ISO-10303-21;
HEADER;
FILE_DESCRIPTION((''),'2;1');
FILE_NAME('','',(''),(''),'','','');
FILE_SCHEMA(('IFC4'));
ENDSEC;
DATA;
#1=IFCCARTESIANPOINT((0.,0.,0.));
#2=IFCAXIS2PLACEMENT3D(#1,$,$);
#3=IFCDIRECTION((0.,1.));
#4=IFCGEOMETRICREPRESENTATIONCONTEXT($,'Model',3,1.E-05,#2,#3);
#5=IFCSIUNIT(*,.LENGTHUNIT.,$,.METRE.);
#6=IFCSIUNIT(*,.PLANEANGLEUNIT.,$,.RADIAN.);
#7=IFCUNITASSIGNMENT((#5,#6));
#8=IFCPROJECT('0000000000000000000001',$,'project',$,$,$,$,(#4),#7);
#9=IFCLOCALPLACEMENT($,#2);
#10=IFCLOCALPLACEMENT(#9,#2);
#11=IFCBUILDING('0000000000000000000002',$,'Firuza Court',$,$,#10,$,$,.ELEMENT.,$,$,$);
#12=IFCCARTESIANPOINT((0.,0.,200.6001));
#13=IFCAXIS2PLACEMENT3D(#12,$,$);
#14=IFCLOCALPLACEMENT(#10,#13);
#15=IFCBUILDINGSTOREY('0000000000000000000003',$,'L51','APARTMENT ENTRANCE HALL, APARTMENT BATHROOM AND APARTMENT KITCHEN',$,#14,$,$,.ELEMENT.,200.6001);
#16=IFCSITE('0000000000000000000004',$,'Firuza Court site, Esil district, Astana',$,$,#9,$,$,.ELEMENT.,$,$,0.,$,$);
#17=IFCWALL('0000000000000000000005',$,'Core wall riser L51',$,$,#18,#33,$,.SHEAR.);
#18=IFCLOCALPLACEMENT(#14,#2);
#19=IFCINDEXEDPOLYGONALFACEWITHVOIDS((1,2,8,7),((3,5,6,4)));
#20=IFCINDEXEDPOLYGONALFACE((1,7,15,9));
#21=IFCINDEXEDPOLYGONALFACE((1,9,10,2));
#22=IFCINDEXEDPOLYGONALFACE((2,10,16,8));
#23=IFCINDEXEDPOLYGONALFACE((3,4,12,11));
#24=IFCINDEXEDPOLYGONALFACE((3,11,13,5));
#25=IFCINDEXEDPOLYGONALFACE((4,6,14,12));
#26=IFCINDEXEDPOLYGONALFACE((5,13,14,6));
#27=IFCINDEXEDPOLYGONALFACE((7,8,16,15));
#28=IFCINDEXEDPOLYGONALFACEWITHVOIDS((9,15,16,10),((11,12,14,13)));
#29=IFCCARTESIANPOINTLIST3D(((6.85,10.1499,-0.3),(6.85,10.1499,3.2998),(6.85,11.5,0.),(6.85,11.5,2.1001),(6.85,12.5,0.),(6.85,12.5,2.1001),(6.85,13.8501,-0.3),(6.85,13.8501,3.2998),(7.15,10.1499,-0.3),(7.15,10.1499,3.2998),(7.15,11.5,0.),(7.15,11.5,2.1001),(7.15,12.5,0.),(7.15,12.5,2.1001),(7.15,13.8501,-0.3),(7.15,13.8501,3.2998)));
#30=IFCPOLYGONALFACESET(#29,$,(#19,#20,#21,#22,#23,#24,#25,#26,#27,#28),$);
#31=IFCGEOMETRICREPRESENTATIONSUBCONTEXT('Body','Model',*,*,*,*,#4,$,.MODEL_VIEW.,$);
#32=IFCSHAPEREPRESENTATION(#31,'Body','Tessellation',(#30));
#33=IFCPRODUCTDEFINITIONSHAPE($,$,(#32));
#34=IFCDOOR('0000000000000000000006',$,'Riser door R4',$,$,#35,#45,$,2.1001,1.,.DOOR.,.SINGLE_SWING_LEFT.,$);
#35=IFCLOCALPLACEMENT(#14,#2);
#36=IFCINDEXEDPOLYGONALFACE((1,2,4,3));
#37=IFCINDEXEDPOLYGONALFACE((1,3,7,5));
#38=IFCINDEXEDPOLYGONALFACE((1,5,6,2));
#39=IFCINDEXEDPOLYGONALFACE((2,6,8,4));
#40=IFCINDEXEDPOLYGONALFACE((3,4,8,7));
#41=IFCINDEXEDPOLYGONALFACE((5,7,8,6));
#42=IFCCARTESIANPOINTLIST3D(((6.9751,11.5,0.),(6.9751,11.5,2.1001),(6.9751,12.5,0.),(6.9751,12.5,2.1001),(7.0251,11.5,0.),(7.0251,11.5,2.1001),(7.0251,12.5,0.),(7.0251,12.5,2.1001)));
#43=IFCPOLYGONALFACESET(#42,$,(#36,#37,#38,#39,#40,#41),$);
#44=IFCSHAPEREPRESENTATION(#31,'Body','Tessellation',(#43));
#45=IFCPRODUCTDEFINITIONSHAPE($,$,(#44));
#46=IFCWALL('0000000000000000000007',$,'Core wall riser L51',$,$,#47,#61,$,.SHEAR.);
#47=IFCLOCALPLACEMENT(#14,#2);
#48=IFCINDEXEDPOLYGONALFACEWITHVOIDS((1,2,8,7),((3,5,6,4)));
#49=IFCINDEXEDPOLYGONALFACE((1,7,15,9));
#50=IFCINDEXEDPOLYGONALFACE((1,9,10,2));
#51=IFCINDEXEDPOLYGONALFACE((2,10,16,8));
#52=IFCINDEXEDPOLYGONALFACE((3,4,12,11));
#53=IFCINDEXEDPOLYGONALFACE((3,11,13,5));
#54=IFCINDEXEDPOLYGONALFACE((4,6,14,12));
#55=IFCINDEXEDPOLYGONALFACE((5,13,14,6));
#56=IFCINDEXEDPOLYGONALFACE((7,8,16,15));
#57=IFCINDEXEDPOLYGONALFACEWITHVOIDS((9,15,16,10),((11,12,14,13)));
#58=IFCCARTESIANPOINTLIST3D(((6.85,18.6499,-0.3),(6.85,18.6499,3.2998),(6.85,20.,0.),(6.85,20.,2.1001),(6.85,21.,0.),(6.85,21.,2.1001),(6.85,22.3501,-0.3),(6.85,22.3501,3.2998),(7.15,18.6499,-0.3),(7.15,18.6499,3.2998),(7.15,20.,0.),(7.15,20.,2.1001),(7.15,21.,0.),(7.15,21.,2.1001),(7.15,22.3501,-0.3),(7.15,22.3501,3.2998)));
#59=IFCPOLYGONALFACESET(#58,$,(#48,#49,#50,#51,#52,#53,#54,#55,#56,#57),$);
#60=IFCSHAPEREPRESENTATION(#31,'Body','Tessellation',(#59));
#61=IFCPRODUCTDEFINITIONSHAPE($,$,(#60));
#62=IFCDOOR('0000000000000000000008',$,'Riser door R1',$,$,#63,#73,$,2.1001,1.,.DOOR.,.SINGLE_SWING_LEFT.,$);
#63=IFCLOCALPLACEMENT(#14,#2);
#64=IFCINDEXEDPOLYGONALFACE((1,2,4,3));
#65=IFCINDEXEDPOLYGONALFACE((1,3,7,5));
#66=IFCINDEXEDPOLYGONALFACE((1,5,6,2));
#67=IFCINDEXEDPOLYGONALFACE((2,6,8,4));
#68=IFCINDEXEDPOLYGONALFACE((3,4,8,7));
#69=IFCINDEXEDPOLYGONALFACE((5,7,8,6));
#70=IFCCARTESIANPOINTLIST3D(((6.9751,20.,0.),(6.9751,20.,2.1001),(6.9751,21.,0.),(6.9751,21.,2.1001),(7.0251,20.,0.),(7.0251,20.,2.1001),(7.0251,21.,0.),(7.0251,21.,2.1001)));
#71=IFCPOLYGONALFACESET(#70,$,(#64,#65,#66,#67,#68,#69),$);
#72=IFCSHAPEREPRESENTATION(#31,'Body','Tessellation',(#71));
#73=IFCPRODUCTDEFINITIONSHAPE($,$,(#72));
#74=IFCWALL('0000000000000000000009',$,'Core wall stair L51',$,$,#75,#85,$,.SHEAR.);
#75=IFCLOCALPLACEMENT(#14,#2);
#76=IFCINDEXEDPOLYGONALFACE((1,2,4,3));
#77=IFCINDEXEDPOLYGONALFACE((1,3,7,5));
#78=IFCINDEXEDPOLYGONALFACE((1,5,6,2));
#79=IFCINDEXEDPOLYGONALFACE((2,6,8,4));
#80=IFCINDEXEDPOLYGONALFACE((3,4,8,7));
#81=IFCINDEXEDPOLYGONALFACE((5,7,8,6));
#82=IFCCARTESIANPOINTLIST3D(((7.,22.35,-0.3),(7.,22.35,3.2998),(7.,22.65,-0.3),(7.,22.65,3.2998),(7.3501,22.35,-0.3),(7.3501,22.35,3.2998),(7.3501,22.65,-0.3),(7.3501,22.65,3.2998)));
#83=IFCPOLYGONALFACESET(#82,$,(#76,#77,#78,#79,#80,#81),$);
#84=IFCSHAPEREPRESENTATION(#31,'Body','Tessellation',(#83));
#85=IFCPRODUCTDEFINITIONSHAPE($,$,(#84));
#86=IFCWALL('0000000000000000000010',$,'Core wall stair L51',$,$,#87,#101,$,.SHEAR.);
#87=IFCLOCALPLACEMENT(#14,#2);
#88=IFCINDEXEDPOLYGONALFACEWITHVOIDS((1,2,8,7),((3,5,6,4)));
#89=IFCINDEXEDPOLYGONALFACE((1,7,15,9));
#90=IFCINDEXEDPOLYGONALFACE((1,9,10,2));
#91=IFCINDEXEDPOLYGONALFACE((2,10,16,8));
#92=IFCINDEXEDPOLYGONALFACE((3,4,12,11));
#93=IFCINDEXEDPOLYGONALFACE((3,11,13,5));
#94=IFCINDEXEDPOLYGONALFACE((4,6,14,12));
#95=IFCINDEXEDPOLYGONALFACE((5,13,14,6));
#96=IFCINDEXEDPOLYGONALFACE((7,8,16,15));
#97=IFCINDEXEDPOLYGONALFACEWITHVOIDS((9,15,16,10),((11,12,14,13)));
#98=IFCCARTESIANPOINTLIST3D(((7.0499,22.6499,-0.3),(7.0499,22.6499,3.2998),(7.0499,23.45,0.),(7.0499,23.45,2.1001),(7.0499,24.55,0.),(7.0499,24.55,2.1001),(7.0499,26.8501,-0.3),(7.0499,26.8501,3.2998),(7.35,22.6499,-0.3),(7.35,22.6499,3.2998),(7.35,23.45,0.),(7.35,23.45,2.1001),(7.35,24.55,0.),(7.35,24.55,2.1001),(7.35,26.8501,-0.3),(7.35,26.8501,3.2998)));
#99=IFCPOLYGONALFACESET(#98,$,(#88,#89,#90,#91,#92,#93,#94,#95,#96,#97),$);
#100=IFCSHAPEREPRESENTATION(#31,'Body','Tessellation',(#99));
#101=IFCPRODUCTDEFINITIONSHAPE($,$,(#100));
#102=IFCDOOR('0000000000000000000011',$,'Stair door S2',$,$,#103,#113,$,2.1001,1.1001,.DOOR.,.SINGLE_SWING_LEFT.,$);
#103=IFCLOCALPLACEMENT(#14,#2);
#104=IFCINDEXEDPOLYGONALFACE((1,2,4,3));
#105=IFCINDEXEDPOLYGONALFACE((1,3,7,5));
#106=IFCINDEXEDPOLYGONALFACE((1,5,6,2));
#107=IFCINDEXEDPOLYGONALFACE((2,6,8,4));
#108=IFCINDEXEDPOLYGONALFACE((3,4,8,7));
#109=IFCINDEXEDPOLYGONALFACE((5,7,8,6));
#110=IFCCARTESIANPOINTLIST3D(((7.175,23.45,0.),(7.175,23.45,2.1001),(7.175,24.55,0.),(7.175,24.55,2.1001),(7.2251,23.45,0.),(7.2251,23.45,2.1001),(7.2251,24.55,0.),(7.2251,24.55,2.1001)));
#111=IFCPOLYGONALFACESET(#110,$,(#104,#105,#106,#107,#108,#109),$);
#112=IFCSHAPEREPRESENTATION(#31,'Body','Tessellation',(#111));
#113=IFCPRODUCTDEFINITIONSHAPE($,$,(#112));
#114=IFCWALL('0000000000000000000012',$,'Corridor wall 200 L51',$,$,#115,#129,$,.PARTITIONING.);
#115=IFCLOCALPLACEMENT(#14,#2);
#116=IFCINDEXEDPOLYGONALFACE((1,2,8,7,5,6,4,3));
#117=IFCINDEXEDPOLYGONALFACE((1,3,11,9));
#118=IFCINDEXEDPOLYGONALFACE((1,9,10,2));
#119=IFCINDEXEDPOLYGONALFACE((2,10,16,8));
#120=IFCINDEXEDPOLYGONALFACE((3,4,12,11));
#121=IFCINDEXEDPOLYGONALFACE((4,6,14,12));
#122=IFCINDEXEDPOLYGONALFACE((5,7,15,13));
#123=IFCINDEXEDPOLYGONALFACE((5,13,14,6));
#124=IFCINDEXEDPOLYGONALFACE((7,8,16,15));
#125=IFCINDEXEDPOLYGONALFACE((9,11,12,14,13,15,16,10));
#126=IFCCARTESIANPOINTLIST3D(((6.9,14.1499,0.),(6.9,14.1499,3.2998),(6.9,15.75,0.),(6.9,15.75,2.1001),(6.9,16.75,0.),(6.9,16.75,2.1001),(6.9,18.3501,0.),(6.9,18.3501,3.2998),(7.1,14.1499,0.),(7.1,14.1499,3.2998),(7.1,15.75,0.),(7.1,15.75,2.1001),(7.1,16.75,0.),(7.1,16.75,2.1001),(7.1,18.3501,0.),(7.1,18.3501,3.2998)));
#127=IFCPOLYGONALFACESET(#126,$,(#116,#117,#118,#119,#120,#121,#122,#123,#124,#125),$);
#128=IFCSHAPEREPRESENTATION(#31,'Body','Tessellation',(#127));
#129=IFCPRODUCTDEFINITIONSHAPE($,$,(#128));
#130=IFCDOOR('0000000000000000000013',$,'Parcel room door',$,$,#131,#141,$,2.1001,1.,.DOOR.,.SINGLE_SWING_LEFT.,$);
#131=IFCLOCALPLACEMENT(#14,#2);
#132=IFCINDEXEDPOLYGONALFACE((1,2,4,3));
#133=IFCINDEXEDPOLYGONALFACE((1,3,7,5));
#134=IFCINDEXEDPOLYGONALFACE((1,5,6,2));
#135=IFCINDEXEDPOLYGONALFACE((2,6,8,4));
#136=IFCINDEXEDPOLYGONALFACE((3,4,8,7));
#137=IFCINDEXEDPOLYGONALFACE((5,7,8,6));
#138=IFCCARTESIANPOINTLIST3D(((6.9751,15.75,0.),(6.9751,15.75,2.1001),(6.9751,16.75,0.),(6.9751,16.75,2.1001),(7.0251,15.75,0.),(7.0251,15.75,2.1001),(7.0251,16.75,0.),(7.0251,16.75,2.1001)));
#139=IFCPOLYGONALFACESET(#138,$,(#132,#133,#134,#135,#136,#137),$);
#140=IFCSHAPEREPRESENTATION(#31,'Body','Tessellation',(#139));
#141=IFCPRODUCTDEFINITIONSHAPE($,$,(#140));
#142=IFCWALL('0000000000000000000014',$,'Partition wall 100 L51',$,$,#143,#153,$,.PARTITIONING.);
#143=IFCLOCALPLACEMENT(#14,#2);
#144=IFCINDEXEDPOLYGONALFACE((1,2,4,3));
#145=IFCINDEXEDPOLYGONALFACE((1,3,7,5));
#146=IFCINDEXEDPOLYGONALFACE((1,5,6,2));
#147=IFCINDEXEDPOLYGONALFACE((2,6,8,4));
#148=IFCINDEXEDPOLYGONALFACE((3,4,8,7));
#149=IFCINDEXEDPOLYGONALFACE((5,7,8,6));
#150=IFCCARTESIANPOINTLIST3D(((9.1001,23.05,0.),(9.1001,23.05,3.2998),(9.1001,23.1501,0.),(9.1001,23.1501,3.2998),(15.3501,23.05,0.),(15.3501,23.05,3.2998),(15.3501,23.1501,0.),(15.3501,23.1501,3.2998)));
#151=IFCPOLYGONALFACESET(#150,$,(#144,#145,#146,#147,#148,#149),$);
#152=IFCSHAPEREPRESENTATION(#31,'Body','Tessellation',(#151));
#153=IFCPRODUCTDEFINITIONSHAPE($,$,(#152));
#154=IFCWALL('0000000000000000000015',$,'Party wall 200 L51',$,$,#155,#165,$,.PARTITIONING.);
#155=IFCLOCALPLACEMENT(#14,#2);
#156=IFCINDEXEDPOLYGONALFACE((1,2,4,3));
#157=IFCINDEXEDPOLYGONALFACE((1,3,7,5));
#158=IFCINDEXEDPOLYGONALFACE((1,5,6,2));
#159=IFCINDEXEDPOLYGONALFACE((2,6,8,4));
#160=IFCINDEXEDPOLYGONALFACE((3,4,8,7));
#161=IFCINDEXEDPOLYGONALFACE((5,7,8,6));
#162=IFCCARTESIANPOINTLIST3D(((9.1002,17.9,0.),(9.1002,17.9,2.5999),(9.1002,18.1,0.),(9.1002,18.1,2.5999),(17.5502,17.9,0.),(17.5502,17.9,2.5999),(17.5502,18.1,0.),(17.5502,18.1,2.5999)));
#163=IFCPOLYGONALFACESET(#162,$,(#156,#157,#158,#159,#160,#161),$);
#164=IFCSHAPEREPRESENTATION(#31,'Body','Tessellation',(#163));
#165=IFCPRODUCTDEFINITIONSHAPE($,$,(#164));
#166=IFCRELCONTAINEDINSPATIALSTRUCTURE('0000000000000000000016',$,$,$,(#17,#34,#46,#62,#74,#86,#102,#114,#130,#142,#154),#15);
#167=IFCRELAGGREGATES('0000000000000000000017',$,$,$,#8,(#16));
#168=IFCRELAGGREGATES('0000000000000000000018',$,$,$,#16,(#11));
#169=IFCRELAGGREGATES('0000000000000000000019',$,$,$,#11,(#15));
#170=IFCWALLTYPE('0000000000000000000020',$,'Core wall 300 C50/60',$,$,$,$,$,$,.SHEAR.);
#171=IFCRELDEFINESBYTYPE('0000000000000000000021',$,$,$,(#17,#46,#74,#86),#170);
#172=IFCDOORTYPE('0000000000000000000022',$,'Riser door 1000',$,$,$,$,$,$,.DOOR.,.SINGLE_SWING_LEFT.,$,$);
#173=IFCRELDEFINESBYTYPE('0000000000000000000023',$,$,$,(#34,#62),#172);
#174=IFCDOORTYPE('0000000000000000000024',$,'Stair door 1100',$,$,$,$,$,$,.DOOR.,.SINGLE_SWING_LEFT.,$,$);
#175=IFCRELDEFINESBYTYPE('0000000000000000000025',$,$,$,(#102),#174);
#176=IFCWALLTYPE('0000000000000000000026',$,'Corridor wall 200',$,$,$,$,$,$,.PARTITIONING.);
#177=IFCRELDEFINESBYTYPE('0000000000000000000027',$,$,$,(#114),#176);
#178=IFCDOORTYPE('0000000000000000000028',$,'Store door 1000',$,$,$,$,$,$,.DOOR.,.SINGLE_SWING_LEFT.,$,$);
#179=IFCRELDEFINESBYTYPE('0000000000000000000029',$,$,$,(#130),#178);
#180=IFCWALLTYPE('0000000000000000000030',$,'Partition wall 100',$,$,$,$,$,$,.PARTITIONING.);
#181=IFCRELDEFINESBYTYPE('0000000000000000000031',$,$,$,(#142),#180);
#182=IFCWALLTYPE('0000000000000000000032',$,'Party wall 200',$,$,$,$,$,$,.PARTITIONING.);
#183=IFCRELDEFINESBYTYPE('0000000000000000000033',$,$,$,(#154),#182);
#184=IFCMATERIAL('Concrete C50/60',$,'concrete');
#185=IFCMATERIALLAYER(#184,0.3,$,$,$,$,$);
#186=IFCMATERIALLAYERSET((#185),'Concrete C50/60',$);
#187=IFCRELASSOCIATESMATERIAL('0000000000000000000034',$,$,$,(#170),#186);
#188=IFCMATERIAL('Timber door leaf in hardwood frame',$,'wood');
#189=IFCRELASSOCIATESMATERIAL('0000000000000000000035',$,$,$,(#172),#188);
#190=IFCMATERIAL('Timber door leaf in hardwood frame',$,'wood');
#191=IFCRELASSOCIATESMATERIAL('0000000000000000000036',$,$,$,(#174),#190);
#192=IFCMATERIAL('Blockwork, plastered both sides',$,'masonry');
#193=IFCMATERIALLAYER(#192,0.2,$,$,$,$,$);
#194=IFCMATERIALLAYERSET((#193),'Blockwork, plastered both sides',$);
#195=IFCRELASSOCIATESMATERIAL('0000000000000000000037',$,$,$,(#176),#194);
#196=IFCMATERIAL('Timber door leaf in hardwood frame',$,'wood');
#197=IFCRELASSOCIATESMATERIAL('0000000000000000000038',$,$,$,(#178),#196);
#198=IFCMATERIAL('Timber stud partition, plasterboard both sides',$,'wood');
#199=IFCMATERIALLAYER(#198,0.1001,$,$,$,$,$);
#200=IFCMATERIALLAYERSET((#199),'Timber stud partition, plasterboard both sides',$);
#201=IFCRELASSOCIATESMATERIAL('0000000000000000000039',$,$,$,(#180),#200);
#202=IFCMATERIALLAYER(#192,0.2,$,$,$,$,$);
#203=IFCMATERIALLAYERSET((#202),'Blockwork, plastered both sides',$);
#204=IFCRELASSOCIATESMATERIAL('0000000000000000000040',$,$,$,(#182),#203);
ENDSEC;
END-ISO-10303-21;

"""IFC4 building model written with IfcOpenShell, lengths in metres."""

from ifc_helpers import new_model, si_unit, direction, frame, frame_2d, origin, place, context, subcontext, project, spatial, rectangle, extrude, material, layer, layer_set, type_object, element, fill, save


model = new_model("IFC4")

# Units and contexts
model_context = context("Model", 3, precision=1e-05, world=origin(), true_north=direction((0.0, 1.0)))
body_context = subcontext(model_context, "Body", "Model", "MODEL_VIEW")
ifc_project = project(units=[si_unit("LENGTHUNIT", "METRE"), si_unit("PLANEANGLEUNIT", "RADIAN")], contexts=[model_context])

# Site, building, storey
site_placement = place(None, origin())
site = spatial("IfcSite", under=ifc_project, at=site_placement, Name="Firuza Court site, Esil district, Astana", CompositionType="ELEMENT", RefElevation=0.0)
building_placement = place(site_placement, origin())
building = spatial("IfcBuilding", under=site, at=building_placement, Name="Firuza Court", CompositionType="ELEMENT")
storey_placement = place(building_placement, frame((0.0, 0.0, 200.6001)))
storey = spatial("IfcBuildingStorey", under=building, at=storey_placement, Name="L51", Description="APARTMENT ENTRANCE HALL, APARTMENT BATHROOM AND APARTMENT KITCHEN", CompositionType="ELEMENT", Elevation=200.6001)

# Shared definitions
ifc_material_1 = material(Name="Concrete C50/60", Category="concrete")
ifc_layer_1 = layer(ifc_material_1, 0.3)
ifc_layer_set_1 = layer_set([ifc_layer_1], Name="Concrete C50/60")
wall_type_1 = type_object("IfcWallType", Name="Core wall 300 C50/60", PredefinedType="SHEAR", material=ifc_layer_set_1)

# Walls, openings, doors
wall_1_placement = place(storey_placement, frame((7.0, 10.1499, -0.3), z_axis=(0.0, 0.0, 1.0), x_axis=(0.0, 1.0, 0.0)))
wall_1 = element("IfcWall", 1, at=wall_1_placement, inside=storey, type_object=wall_type_1, Name="Core wall riser L51", PredefinedType="SHEAR", context=body_context, shape_type="SweptSolid", body=[
    extrude(rectangle(XDim=3.7002, YDim=0.3, at=frame_2d((1.8501, 0.0))), origin(), (0.0, 0.0, 1.0), 3.5999),
])
opening_1_placement = place(wall_1_placement, frame((1.3501, 0.0, 0.3)))
opening_1 = element("IfcOpeningElement", 2, at=opening_1_placement, cuts=wall_1, PredefinedType="OPENING", context=body_context, shape_type="SweptSolid", body=[
    extrude(rectangle(XDim=1.0, YDim=2.1001, at=frame_2d((0.5, 1.05))), frame((0.0, 0.1621, 0.0), z_axis=(0.0, -1.0, 0.0), x_axis=(1.0, 0.0, 0.0)), (0.0, 0.0, 1.0), 0.324),
])
ifc_material_2 = material(Name="Timber door leaf in hardwood frame", Category="wood")
door_type_1 = type_object("IfcDoorType", Name="Riser door 1000", OperationType="SINGLE_SWING_LEFT", PredefinedType="DOOR", material=ifc_material_2)
door_1_placement = place(opening_1_placement, origin())
door_1 = element("IfcDoor", 3, at=door_1_placement, inside=storey, type_object=door_type_1, Name="Riser door R4", OperationType="SINGLE_SWING_LEFT", OverallHeight=2.1001, OverallWidth=1.0, PredefinedType="DOOR", context=body_context, shape_type="SweptSolid", body=[
    extrude(rectangle(XDim=1.0, YDim=2.1001, at=frame_2d((0.5, 1.05))), frame((0.0, 0.0249, 0.0), z_axis=(0.0, -1.0, 0.0), x_axis=(1.0, 0.0, 0.0)), (0.0, 0.0, 1.0), 0.05),
])
fill(opening_1, door_1)
wall_2_placement = place(storey_placement, frame((7.0, 18.6499, -0.3), z_axis=(0.0, 0.0, 1.0), x_axis=(0.0, 1.0, 0.0)))
wall_2 = element("IfcWall", 4, at=wall_2_placement, inside=storey, type_object=wall_type_1, Name="Core wall riser L51", PredefinedType="SHEAR", context=body_context, shape_type="SweptSolid", body=[
    extrude(rectangle(XDim=3.7002, YDim=0.3, at=frame_2d((1.8501, 0.0))), origin(), (0.0, 0.0, 1.0), 3.5999),
])
opening_2_placement = place(wall_2_placement, frame((1.3501, 0.0, 0.3)))
opening_2 = element("IfcOpeningElement", 5, at=opening_2_placement, cuts=wall_2, PredefinedType="OPENING", context=body_context, shape_type="SweptSolid", body=[
    extrude(rectangle(XDim=1.0, YDim=2.1001, at=frame_2d((0.5, 1.05))), frame((0.0, 0.1621, 0.0), z_axis=(0.0, -1.0, 0.0), x_axis=(1.0, 0.0, 0.0)), (0.0, 0.0, 1.0), 0.324),
])
door_2_placement = place(opening_2_placement, origin())
door_2 = element("IfcDoor", 6, at=door_2_placement, inside=storey, type_object=door_type_1, Name="Riser door R1", OperationType="SINGLE_SWING_LEFT", OverallHeight=2.1001, OverallWidth=1.0, PredefinedType="DOOR", context=body_context, shape_type="SweptSolid", body=[
    extrude(rectangle(XDim=1.0, YDim=2.1001, at=frame_2d((0.5, 1.05))), frame((0.0, 0.0249, 0.0), z_axis=(0.0, -1.0, 0.0), x_axis=(1.0, 0.0, 0.0)), (0.0, 0.0, 1.0), 0.05),
])
fill(opening_2, door_2)

# Wall
wall_3_placement = place(storey_placement, frame((7.0, 22.5, -0.3), z_axis=(0.0, 0.0, 1.0), x_axis=(1.0, 0.0, 0.0)))
element("IfcWall", 7, at=wall_3_placement, inside=storey, type_object=wall_type_1, Name="Core wall stair L51", PredefinedType="SHEAR", context=body_context, shape_type="SweptSolid", body=[
    extrude(rectangle(XDim=0.3501, YDim=0.3, at=frame_2d((0.175, 0.0))), origin(), (0.0, 0.0, 1.0), 3.5999),
])

# Walls, openings, doors
wall_4_placement = place(storey_placement, frame((7.2, 22.6499, -0.3), z_axis=(0.0, 0.0, 1.0), x_axis=(0.0, 1.0, 0.0)))
wall_4 = element("IfcWall", 8, at=wall_4_placement, inside=storey, type_object=wall_type_1, Name="Core wall stair L51", PredefinedType="SHEAR", context=body_context, shape_type="SweptSolid", body=[
    extrude(rectangle(XDim=4.2002, YDim=0.3, at=frame_2d((2.1001, 0.0))), origin(), (0.0, 0.0, 1.0), 3.5999),
])
opening_3_placement = place(wall_4_placement, frame((0.8, 0.0, 0.3)))
opening_3 = element("IfcOpeningElement", 9, at=opening_3_placement, cuts=wall_4, PredefinedType="OPENING", context=body_context, shape_type="SweptSolid", body=[
    extrude(rectangle(XDim=1.1001, YDim=2.1001, at=frame_2d((0.55, 1.05))), frame((0.0, 0.1621, 0.0), z_axis=(0.0, -1.0, 0.0), x_axis=(1.0, 0.0, 0.0)), (0.0, 0.0, 1.0), 0.324),
])
ifc_material_3 = material(Name="Timber door leaf in hardwood frame", Category="wood")
door_type_2 = type_object("IfcDoorType", Name="Stair door 1100", OperationType="SINGLE_SWING_LEFT", PredefinedType="DOOR", material=ifc_material_3)
door_3_placement = place(opening_3_placement, origin())
door_3 = element("IfcDoor", 10, at=door_3_placement, inside=storey, type_object=door_type_2, Name="Stair door S2", OperationType="SINGLE_SWING_LEFT", OverallHeight=2.1001, OverallWidth=1.1001, PredefinedType="DOOR", context=body_context, shape_type="SweptSolid", body=[
    extrude(rectangle(XDim=1.1001, YDim=2.1001, at=frame_2d((0.55, 1.05))), frame((0.0, 0.0249, 0.0), z_axis=(0.0, -1.0, 0.0), x_axis=(1.0, 0.0, 0.0)), (0.0, 0.0, 1.0), 0.05),
])
fill(opening_3, door_3)
ifc_material_4 = material(Name="Blockwork, plastered both sides", Category="masonry")
ifc_layer_2 = layer(ifc_material_4, 0.2)
ifc_layer_set_2 = layer_set([ifc_layer_2], Name="Blockwork, plastered both sides")
wall_type_2 = type_object("IfcWallType", Name="Corridor wall 200", PredefinedType="PARTITIONING", material=ifc_layer_set_2)
wall_5_placement = place(storey_placement, frame((7.0, 14.1499, 0.0), z_axis=(0.0, 0.0, 1.0), x_axis=(0.0, 1.0, 0.0)))
wall_5 = element("IfcWall", 11, at=wall_5_placement, inside=storey, type_object=wall_type_2, Name="Corridor wall 200 L51", PredefinedType="PARTITIONING", context=body_context, shape_type="SweptSolid", body=[
    extrude(rectangle(XDim=4.2002, YDim=0.2, at=frame_2d((2.1001, 0.0))), origin(), (0.0, 0.0, 1.0), 3.2998),
])
opening_4_placement = place(wall_5_placement, frame((1.6001, 0.0, 0.0)))
opening_4 = element("IfcOpeningElement", 12, at=opening_4_placement, cuts=wall_5, PredefinedType="OPENING", context=body_context, shape_type="SweptSolid", body=[
    extrude(rectangle(XDim=1.0, YDim=2.1001, at=frame_2d((0.5, 1.05))), frame((0.0, 0.1118, 0.0), z_axis=(0.0, -1.0, 0.0), x_axis=(1.0, 0.0, 0.0)), (0.0, 0.0, 1.0), 0.2239),
])
ifc_material_5 = material(Name="Timber door leaf in hardwood frame", Category="wood")
door_type_3 = type_object("IfcDoorType", Name="Store door 1000", OperationType="SINGLE_SWING_LEFT", PredefinedType="DOOR", material=ifc_material_5)
door_4_placement = place(opening_4_placement, origin())
door_4 = element("IfcDoor", 13, at=door_4_placement, inside=storey, type_object=door_type_3, Name="Parcel room door", OperationType="SINGLE_SWING_LEFT", OverallHeight=2.1001, OverallWidth=1.0, PredefinedType="DOOR", context=body_context, shape_type="SweptSolid", body=[
    extrude(rectangle(XDim=1.0, YDim=2.1001, at=frame_2d((0.5, 1.05))), frame((0.0, 0.0249, 0.0), z_axis=(0.0, -1.0, 0.0), x_axis=(1.0, 0.0, 0.0)), (0.0, 0.0, 1.0), 0.05),
])
fill(opening_4, door_4)

# Walls
ifc_material_6 = material(Name="Timber stud partition, plasterboard both sides", Category="wood")
ifc_layer_3 = layer(ifc_material_6, 0.1001)
ifc_layer_set_3 = layer_set([ifc_layer_3], Name="Timber stud partition, plasterboard both sides")
wall_type_3 = type_object("IfcWallType", Name="Partition wall 100", PredefinedType="PARTITIONING", material=ifc_layer_set_3)
wall_6_placement = place(storey_placement, frame((9.1001, 23.1001, 0.0), z_axis=(0.0, 0.0, 1.0), x_axis=(1.0, 0.0, 0.0)))
element("IfcWall", 14, at=wall_6_placement, inside=storey, type_object=wall_type_3, Name="Partition wall 100 L51", PredefinedType="PARTITIONING", context=body_context, shape_type="SweptSolid", body=[
    extrude(rectangle(XDim=6.25, YDim=0.1001, at=frame_2d((3.125, 0.0))), origin(), (0.0, 0.0, 1.0), 3.2998),
])
ifc_layer_4 = layer(ifc_material_4, 0.2)
ifc_layer_set_4 = layer_set([ifc_layer_4], Name="Blockwork, plastered both sides")
wall_type_4 = type_object("IfcWallType", Name="Party wall 200", PredefinedType="PARTITIONING", material=ifc_layer_set_4)
wall_7_placement = place(storey_placement, frame((9.1001, 18.0, 0.0), z_axis=(0.0, 0.0, 1.0), x_axis=(1.0, 0.0, 0.0)))
element("IfcWall", 15, at=wall_7_placement, inside=storey, type_object=wall_type_4, Name="Party wall 200 L51", PredefinedType="PARTITIONING", context=body_context, shape_type="SweptSolid", body=[
    extrude(rectangle(XDim=8.45, YDim=0.2, at=frame_2d((4.2251, 0.0))), origin(), (0.0, 0.0, 1.0), 2.5999),
])

save(model, "model.ifc")
